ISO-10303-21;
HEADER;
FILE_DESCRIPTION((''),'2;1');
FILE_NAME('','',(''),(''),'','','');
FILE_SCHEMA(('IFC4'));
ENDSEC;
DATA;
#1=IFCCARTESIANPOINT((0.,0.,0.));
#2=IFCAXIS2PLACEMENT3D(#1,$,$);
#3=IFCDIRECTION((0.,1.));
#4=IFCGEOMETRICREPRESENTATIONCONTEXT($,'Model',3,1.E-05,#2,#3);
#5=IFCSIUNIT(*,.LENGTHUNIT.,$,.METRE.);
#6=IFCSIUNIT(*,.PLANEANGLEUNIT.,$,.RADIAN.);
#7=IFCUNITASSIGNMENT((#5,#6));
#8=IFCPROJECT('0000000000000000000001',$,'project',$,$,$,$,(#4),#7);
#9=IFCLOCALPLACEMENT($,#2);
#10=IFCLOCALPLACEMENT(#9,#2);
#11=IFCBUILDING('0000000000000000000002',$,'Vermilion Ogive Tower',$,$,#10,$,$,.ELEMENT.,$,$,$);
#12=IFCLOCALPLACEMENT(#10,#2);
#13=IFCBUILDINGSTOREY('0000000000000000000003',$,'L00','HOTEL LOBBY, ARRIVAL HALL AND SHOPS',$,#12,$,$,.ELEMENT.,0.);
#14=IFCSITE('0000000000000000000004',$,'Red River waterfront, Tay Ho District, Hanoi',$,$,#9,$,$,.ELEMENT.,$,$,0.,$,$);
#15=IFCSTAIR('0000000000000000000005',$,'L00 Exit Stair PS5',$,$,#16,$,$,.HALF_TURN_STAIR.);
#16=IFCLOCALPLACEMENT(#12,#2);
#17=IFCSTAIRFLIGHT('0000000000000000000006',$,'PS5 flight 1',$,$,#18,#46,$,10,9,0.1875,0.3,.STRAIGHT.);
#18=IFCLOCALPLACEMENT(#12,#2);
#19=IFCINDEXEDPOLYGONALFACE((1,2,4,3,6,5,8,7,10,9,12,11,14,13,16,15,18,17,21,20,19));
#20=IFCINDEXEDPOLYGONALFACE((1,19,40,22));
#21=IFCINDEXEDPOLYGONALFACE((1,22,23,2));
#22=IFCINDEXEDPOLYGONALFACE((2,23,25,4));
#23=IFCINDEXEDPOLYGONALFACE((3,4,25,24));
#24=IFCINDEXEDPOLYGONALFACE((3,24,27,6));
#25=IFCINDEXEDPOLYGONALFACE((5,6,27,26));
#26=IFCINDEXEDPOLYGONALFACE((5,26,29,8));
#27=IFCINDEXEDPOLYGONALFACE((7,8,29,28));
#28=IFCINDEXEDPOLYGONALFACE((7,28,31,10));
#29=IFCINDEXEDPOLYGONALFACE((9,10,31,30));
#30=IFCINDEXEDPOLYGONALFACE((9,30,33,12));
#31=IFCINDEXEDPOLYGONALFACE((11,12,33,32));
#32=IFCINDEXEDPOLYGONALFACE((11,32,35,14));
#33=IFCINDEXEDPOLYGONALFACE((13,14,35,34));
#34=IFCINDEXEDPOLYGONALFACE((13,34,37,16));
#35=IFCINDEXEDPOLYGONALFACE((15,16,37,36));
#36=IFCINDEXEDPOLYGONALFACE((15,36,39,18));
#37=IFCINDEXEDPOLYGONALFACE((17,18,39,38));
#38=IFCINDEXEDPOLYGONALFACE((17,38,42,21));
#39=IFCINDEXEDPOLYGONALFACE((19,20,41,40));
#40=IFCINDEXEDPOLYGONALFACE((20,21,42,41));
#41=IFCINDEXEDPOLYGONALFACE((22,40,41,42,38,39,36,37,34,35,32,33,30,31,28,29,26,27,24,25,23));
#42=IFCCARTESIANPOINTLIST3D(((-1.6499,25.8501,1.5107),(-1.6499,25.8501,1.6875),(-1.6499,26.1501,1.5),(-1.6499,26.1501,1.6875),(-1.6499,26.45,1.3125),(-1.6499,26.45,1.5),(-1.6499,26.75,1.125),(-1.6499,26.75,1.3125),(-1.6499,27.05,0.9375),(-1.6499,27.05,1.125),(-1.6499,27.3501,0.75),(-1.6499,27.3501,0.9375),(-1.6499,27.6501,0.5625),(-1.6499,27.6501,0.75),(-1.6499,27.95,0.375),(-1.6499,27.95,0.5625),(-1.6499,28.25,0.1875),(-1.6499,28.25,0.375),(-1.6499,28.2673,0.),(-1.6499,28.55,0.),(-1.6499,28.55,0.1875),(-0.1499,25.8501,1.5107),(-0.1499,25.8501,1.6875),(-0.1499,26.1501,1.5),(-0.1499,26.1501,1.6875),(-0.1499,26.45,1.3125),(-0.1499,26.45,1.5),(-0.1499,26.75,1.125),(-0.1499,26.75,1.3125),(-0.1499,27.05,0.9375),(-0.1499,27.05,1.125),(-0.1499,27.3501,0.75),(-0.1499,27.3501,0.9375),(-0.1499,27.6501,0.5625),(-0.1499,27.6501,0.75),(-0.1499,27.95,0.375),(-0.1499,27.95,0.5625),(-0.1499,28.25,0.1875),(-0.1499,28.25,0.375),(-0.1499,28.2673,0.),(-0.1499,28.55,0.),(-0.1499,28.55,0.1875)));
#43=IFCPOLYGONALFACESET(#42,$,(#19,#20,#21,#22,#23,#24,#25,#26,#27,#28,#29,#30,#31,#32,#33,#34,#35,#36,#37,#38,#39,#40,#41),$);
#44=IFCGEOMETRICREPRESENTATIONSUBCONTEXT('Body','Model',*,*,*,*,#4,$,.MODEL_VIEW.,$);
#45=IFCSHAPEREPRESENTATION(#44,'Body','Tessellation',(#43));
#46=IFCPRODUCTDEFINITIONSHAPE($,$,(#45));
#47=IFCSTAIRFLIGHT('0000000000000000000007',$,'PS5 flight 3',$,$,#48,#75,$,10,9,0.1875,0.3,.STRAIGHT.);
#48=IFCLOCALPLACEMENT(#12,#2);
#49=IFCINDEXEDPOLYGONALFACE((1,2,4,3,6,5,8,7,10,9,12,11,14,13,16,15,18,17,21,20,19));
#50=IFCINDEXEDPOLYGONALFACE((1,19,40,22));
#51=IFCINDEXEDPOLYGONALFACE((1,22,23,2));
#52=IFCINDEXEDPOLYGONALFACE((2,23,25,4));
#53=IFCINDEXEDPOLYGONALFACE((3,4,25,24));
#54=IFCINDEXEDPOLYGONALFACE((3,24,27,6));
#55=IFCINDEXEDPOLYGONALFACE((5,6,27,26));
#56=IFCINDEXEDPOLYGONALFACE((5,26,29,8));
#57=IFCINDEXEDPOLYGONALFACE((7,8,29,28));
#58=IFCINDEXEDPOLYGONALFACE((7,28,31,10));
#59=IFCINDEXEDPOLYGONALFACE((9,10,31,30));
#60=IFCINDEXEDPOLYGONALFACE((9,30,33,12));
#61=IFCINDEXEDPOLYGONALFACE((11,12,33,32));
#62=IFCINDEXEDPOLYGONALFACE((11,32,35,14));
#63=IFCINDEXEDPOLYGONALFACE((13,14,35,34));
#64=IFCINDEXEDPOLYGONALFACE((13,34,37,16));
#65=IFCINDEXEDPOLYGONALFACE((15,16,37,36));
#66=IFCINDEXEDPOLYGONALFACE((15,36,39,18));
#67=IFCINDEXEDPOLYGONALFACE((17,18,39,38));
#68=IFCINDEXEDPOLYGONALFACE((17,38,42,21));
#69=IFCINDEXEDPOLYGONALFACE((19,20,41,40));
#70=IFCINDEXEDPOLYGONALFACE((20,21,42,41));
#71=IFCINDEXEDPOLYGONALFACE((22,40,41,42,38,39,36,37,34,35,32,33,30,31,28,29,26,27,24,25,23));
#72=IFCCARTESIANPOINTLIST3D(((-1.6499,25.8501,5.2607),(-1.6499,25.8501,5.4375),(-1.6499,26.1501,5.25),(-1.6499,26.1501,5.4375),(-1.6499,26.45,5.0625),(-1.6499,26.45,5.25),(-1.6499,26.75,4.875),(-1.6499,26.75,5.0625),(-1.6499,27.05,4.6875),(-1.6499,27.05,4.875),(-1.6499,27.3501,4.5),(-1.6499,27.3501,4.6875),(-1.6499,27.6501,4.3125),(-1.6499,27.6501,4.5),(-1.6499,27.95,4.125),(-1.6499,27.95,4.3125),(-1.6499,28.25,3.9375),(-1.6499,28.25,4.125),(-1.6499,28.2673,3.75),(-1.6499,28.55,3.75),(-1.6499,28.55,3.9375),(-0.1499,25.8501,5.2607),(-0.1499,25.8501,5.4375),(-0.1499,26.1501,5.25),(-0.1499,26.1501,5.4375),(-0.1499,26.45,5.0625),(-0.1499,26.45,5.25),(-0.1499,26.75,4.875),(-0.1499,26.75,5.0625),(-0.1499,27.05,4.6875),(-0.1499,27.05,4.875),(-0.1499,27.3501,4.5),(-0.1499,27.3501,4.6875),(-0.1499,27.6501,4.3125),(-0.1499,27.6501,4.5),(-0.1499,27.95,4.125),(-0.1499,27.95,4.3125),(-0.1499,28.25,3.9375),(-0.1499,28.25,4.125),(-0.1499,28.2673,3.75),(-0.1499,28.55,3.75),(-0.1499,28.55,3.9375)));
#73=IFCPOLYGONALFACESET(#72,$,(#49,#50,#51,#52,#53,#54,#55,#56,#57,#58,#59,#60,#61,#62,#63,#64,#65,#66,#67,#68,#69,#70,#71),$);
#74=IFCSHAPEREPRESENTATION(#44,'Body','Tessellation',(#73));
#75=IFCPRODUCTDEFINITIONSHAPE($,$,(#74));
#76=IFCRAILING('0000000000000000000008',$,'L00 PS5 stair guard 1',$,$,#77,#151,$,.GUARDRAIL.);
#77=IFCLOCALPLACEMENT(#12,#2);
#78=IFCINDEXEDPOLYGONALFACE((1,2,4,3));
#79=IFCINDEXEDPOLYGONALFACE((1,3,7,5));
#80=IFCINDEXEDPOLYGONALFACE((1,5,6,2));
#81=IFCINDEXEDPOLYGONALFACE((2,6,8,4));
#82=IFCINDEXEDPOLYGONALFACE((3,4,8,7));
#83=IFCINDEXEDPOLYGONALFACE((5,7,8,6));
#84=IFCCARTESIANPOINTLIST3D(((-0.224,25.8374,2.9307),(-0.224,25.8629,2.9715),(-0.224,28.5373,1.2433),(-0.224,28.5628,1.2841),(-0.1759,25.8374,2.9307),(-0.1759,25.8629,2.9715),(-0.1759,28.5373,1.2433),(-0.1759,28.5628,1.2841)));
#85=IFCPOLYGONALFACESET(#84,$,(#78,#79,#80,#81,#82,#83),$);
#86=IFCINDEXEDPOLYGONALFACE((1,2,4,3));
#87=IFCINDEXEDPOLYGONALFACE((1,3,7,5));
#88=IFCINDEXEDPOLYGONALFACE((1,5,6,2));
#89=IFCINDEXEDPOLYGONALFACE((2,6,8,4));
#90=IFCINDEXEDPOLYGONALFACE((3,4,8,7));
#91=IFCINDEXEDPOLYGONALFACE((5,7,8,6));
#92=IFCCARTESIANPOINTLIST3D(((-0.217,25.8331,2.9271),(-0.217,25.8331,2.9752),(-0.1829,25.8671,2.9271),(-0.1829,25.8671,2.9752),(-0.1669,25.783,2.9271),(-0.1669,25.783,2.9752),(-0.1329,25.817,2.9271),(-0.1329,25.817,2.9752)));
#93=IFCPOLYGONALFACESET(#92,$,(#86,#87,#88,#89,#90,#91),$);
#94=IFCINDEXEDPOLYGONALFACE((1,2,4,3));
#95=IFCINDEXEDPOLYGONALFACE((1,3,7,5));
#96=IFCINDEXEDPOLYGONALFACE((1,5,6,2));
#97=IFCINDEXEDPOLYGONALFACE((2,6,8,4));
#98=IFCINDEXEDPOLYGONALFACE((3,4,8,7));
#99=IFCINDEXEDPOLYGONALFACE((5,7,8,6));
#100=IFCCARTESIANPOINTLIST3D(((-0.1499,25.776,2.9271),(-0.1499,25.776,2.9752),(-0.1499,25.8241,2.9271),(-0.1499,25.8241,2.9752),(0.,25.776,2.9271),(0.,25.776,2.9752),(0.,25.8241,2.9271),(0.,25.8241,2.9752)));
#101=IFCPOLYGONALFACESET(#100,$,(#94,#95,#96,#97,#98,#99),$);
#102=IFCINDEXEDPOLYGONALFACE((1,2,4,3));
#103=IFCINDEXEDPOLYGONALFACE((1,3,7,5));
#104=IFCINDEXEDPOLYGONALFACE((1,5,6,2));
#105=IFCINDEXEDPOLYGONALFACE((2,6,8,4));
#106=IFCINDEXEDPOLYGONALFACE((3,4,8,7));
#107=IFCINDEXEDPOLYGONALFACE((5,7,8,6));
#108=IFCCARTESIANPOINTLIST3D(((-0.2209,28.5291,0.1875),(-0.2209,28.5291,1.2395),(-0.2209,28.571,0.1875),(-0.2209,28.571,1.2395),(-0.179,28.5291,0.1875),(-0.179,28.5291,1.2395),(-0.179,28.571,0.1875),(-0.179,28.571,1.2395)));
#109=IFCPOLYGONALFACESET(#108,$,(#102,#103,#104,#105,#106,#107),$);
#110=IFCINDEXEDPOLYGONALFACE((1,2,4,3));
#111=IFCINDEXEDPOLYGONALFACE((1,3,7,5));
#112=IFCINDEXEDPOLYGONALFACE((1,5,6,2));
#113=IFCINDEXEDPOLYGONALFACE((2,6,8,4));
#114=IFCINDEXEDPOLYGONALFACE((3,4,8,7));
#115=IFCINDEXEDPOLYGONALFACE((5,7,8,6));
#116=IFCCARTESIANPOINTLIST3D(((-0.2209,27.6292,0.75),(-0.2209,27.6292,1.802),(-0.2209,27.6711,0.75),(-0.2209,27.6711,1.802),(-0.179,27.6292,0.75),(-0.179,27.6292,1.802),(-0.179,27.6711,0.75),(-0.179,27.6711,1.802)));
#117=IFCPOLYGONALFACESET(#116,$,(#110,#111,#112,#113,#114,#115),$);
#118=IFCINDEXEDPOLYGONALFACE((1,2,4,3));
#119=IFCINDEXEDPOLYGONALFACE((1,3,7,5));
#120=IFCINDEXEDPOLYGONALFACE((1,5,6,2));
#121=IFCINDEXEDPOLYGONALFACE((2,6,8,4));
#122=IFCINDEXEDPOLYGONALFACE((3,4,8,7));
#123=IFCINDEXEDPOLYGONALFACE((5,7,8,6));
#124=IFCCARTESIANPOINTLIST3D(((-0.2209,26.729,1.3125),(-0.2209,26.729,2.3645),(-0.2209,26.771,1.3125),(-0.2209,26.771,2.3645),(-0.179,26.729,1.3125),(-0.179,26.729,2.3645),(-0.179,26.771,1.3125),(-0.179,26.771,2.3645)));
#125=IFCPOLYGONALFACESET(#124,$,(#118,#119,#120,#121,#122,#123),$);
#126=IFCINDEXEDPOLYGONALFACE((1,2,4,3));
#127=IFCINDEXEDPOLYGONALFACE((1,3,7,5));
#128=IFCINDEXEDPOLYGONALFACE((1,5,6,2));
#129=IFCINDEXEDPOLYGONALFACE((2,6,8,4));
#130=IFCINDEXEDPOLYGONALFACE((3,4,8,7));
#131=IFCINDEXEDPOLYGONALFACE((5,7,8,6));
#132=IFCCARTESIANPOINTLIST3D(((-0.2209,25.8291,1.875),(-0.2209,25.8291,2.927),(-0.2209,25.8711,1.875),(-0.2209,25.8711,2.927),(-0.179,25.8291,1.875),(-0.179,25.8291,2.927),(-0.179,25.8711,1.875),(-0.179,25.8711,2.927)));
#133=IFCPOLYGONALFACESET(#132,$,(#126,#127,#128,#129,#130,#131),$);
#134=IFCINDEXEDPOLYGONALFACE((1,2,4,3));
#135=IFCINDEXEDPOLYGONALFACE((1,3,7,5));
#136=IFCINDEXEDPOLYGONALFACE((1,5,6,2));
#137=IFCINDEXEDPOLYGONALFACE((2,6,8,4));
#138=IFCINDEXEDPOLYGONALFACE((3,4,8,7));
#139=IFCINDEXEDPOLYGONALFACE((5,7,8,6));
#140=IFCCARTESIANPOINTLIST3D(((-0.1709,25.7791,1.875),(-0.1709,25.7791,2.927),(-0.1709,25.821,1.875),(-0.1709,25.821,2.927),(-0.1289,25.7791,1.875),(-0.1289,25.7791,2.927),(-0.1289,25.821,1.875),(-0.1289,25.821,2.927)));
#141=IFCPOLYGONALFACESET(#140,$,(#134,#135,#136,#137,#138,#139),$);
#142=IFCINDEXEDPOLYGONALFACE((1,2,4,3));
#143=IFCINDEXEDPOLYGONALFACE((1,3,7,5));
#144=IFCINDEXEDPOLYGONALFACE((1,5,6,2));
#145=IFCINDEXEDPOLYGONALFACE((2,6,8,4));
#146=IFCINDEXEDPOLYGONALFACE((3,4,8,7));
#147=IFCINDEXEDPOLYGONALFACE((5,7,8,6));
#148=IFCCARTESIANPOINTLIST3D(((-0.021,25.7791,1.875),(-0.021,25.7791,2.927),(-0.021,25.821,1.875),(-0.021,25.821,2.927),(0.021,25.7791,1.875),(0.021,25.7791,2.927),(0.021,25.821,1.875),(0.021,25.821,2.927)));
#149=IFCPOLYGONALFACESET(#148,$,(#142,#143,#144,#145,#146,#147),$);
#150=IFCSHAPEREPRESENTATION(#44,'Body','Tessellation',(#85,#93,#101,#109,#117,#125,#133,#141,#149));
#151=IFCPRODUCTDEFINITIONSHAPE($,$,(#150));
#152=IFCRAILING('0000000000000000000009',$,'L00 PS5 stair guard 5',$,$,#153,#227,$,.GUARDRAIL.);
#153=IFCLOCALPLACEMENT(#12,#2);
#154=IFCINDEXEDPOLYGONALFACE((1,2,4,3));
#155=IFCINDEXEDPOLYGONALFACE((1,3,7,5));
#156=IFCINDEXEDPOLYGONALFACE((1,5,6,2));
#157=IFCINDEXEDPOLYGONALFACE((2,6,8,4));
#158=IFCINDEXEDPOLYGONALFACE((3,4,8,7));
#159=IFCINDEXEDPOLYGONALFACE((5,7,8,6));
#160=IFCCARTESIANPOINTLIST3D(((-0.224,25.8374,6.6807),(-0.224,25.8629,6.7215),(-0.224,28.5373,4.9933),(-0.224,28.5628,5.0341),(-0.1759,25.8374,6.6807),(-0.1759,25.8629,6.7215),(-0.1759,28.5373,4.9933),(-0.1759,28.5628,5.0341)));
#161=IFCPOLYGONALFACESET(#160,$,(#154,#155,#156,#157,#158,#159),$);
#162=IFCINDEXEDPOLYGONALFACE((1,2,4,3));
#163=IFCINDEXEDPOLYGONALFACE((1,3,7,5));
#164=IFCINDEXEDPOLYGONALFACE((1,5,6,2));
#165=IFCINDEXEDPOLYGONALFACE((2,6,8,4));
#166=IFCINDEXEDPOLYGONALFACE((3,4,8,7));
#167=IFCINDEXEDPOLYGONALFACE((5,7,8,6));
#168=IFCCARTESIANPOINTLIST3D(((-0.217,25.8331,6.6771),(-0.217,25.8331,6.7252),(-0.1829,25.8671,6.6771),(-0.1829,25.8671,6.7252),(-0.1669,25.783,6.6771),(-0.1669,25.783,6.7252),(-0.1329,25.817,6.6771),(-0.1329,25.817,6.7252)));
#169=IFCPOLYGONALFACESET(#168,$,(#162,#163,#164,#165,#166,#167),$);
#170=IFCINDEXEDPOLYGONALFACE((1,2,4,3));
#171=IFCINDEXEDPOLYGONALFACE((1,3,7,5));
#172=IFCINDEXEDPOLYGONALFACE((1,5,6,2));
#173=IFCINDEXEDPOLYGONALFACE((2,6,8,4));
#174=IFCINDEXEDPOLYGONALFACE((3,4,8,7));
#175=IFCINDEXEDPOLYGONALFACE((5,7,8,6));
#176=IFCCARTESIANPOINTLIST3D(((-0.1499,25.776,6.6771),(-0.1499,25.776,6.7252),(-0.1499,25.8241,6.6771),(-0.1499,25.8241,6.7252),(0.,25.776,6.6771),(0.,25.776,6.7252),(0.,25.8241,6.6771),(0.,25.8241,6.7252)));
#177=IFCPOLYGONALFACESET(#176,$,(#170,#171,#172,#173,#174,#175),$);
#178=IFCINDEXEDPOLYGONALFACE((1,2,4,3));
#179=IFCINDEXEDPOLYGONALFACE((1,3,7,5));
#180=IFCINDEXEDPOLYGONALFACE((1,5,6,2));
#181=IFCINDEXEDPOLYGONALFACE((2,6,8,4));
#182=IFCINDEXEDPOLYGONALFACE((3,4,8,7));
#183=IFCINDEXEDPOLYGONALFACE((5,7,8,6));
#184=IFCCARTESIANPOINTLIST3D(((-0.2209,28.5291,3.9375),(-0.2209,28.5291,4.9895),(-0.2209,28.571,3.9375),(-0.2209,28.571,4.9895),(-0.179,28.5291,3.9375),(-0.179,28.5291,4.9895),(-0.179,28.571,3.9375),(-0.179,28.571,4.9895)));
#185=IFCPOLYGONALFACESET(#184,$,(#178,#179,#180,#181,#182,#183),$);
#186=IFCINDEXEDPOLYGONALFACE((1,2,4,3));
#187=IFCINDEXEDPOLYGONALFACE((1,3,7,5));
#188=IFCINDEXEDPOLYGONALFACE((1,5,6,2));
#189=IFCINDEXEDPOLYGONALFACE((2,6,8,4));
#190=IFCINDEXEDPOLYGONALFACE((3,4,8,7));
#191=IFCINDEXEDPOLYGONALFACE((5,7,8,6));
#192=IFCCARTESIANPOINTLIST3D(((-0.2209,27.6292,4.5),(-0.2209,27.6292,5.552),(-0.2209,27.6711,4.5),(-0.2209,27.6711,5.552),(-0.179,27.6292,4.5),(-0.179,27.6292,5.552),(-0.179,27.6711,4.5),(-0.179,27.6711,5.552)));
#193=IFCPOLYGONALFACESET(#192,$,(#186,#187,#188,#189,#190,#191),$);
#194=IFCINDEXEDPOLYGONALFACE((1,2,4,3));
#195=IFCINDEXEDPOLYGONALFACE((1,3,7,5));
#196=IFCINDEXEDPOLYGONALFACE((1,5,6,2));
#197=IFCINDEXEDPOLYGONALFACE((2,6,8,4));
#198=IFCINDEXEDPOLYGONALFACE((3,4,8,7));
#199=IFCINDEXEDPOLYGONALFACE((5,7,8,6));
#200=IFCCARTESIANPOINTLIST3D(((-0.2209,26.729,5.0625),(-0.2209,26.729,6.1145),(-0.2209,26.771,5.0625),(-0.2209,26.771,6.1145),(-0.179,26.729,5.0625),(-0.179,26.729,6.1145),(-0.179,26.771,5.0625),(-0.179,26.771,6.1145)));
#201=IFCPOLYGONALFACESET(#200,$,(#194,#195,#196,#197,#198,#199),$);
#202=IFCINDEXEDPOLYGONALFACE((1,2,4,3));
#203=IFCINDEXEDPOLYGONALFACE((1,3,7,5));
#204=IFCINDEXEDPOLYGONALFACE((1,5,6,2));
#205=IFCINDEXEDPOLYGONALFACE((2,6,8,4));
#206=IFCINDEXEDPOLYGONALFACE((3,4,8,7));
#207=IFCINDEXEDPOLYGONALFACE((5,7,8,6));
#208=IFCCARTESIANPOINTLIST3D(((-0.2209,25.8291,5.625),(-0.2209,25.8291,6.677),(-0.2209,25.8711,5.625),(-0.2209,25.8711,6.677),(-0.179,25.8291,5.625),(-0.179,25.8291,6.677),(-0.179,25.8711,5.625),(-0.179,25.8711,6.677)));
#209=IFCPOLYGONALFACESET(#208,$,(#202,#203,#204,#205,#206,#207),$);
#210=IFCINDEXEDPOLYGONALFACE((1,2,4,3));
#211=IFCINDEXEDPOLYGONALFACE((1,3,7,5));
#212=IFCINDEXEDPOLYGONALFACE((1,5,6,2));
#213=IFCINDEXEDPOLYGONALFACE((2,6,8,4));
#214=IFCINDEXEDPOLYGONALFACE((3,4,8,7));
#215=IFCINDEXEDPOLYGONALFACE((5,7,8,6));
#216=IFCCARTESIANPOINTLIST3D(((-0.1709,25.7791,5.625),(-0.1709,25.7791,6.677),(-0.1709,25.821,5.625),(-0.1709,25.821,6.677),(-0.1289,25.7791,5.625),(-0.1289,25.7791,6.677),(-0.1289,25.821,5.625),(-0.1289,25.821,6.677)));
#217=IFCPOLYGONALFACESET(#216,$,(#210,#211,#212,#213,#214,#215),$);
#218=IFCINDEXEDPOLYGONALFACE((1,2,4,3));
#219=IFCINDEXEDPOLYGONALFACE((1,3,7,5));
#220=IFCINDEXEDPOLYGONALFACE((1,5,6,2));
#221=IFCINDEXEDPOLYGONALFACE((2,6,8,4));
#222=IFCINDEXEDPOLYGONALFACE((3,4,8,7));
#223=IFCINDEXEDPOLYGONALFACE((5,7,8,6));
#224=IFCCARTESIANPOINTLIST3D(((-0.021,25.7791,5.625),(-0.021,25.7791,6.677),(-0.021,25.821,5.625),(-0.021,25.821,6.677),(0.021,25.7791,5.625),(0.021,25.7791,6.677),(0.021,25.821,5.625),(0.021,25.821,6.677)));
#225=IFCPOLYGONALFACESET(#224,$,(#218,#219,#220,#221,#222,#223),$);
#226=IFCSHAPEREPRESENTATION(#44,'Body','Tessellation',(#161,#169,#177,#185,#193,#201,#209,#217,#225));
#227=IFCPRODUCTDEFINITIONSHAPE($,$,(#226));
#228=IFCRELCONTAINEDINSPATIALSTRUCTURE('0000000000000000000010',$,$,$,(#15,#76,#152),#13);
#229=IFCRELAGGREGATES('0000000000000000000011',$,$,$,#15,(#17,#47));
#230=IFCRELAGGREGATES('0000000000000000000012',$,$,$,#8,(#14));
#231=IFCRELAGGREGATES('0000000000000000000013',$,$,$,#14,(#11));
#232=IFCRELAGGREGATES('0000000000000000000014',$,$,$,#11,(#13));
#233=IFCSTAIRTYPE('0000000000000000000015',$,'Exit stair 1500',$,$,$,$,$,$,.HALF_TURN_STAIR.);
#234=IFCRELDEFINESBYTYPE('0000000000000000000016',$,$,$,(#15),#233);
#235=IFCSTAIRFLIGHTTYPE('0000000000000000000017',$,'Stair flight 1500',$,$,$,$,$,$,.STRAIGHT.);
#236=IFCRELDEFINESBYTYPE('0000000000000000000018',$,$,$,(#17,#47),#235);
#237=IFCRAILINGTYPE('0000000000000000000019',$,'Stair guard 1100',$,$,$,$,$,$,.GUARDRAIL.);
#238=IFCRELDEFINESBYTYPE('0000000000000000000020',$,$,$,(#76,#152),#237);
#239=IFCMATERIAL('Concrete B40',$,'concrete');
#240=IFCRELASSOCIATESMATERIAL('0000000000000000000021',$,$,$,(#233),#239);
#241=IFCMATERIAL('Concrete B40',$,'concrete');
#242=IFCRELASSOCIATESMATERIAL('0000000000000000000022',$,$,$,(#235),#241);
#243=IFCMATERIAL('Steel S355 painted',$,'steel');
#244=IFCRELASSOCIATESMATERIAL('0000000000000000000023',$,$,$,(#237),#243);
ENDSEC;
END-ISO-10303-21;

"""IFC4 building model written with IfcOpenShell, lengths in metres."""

from ifc_helpers import new_model, si_unit, direction, frame, origin, origin_2d, place, context, subcontext, project, spatial, polyline, rectangle, outline, extrude, material, type_object, element, aggregate, save


model = new_model("IFC4")

# Units and contexts
model_context = context("Model", 3, precision=1e-05, world=origin(), true_north=direction((0.0, 1.0)))
body_context = subcontext(model_context, "Body", "Model", "MODEL_VIEW")
ifc_project = project(units=[si_unit("LENGTHUNIT", "METRE"), si_unit("PLANEANGLEUNIT", "RADIAN")], contexts=[model_context])

# Site, building, storey
site_placement = place(None, origin())
site = spatial("IfcSite", under=ifc_project, at=site_placement, Name="Red River waterfront, Tay Ho District, Hanoi", CompositionType="ELEMENT", RefElevation=0.0)
building_placement = place(site_placement, origin())
building = spatial("IfcBuilding", under=site, at=building_placement, Name="Vermilion Ogive Tower", CompositionType="ELEMENT")
storey_placement = place(building_placement, origin())
storey = spatial("IfcBuildingStorey", under=building, at=storey_placement, Name="L00", Description="HOTEL LOBBY, ARRIVAL HALL AND SHOPS", CompositionType="ELEMENT", Elevation=0.0)

# Stair, stair flights
ifc_material_1 = material(Name="Concrete B40", Category="concrete")
stair_type = type_object("IfcStairType", Name="Exit stair 1500", PredefinedType="HALF_TURN_STAIR", material=ifc_material_1)
stair_placement = place(storey_placement, origin())
stair = element("IfcStair", 1, at=stair_placement, inside=storey, type_object=stair_type, Name="L00 Exit Stair PS5", PredefinedType="HALF_TURN_STAIR")
ifc_material_2 = material(Name="Concrete B40", Category="concrete")
stair_flight_type = type_object("IfcStairFlightType", Name="Stair flight 1500", PredefinedType="STRAIGHT", material=ifc_material_2)
stair_flight_1_placement = place(storey_placement, frame((-0.8999, 28.55, 0.0), z_axis=(0.0, 0.0, 1.0), x_axis=(0.0, -1.0, 0.0)))
stair_flight_1 = element("IfcStairFlight", 2, at=stair_flight_1_placement, type_object=stair_flight_type, Name="PS5 flight 1", NumberOfRisers=10, NumberOfTreads=9, PredefinedType="STRAIGHT", RiserHeight=0.1875, TreadLength=0.3, context=body_context, shape_type="SweptSolid", body=[
    extrude(outline(polyline([(0.0, 0.0), (0.0, 0.1875), (0.3, 0.1875), (0.3, 0.375), (0.6001, 0.375), (0.6001, 0.5625), (0.8999, 0.5625), (0.8999, 0.75), (1.2, 0.75), (1.2, 0.9375), (1.5, 0.9375), (1.5, 1.125), (1.8, 1.125), (1.8, 1.3125), (2.1001, 1.3125), (2.1001, 1.5), (2.3999, 1.5), (2.3999, 1.6875), (2.7, 1.6875), (2.7, 1.875), (2.7, 1.5107), (0.2827, 0.0), (0.0, 0.0)])), frame((0.0, 0.75, 0.0), z_axis=(0.0, -1.0, 0.0), x_axis=(1.0, 0.0, 0.0)), (0.0, 0.0, 1.0), 1.5),
])
stair_flight_2_placement = place(storey_placement, frame((-0.8999, 28.55, 3.75), z_axis=(0.0, 0.0, 1.0), x_axis=(0.0, -1.0, 0.0)))
stair_flight_2 = element("IfcStairFlight", 3, at=stair_flight_2_placement, type_object=stair_flight_type, Name="PS5 flight 3", NumberOfRisers=10, NumberOfTreads=9, PredefinedType="STRAIGHT", RiserHeight=0.1875, TreadLength=0.3, context=body_context, shape_type="SweptSolid", body=[
    extrude(outline(polyline([(0.0, 0.0), (0.0, 0.1875), (0.3, 0.1875), (0.3, 0.375), (0.6001, 0.375), (0.6001, 0.5625), (0.8999, 0.5625), (0.8999, 0.75), (1.2, 0.75), (1.2, 0.9375), (1.5, 0.9375), (1.5, 1.125), (1.8, 1.125), (1.8, 1.3125), (2.1001, 1.3125), (2.1001, 1.5), (2.3999, 1.5), (2.3999, 1.6875), (2.7, 1.6875), (2.7, 1.875), (2.7, 1.5107), (0.2827, 0.0), (0.0, 0.0)])), frame((0.0, 0.75, 0.0), z_axis=(0.0, -1.0, 0.0), x_axis=(1.0, 0.0, 0.0)), (0.0, 0.0, 1.0), 1.5),
])
aggregate(stair, [stair_flight_1, stair_flight_2])

# Railings
ifc_material_3 = material(Name="Steel S355 painted", Category="steel")
railing_type_1 = type_object("IfcRailingType", Name="Stair guard 1100", PredefinedType="GUARDRAIL", material=ifc_material_3)
for number, where, name in (
    (4, (-0.2, 28.55, 0.1875), "L00 PS5 stair guard 1"),
    (5, (-0.2, 28.55, 3.9375), "L00 PS5 stair guard 5"),
):
    element("IfcRailing", number, at=place(storey_placement, frame(where)), inside=storey, type_object=railing_type_1, Name=name, PredefinedType="GUARDRAIL", context=body_context, shape_type="SweptSolid", body=[
        extrude(rectangle(XDim=0.0481, YDim=0.0481, at=origin_2d()), frame((0.0, 0.0, 1.0762), z_axis=(0.0, -0.847994, 0.530006), x_axis=(1.0, 0.0, 0.0)), (0.0, 0.0, 1.0), 3.1838),
        extrude(rectangle(XDim=0.0481, YDim=0.0481, at=origin_2d()), frame((0.0, -2.7, 2.7637), z_axis=(0.707107, -0.707107, 0.0), x_axis=(0.707107, 0.707107, 0.0)), (0.0, 0.0, 1.0), 0.0708),
        extrude(rectangle(XDim=0.0481, YDim=0.0481, at=origin_2d()), frame((0.05, -2.75, 2.7637), z_axis=(1.0, 0.0, 0.0), x_axis=(0.0, 1.0, 0.0)), (0.0, 0.0, 1.0), 0.1499),
        extrude(rectangle(XDim=0.042, YDim=0.042, at=origin_2d()), origin(), (0.0, 0.0, 1.0), 1.052),
        extrude(rectangle(XDim=0.042, YDim=0.042, at=origin_2d()), frame((0.0, -0.8999, 0.5625)), (0.0, 0.0, 1.0), 1.052),
        extrude(rectangle(XDim=0.042, YDim=0.042, at=origin_2d()), frame((0.0, -1.8, 1.125)), (0.0, 0.0, 1.0), 1.052),
        extrude(rectangle(XDim=0.042, YDim=0.042, at=origin_2d()), frame((0.0, -2.7, 1.6875)), (0.0, 0.0, 1.0), 1.052),
        extrude(rectangle(XDim=0.042, YDim=0.042, at=origin_2d()), frame((0.05, -2.75, 1.6875)), (0.0, 0.0, 1.0), 1.052),
        extrude(rectangle(XDim=0.042, YDim=0.042, at=origin_2d()), frame((0.2, -2.75, 1.6875)), (0.0, 0.0, 1.0), 1.052),
    ])

save(model, "model.ifc")
